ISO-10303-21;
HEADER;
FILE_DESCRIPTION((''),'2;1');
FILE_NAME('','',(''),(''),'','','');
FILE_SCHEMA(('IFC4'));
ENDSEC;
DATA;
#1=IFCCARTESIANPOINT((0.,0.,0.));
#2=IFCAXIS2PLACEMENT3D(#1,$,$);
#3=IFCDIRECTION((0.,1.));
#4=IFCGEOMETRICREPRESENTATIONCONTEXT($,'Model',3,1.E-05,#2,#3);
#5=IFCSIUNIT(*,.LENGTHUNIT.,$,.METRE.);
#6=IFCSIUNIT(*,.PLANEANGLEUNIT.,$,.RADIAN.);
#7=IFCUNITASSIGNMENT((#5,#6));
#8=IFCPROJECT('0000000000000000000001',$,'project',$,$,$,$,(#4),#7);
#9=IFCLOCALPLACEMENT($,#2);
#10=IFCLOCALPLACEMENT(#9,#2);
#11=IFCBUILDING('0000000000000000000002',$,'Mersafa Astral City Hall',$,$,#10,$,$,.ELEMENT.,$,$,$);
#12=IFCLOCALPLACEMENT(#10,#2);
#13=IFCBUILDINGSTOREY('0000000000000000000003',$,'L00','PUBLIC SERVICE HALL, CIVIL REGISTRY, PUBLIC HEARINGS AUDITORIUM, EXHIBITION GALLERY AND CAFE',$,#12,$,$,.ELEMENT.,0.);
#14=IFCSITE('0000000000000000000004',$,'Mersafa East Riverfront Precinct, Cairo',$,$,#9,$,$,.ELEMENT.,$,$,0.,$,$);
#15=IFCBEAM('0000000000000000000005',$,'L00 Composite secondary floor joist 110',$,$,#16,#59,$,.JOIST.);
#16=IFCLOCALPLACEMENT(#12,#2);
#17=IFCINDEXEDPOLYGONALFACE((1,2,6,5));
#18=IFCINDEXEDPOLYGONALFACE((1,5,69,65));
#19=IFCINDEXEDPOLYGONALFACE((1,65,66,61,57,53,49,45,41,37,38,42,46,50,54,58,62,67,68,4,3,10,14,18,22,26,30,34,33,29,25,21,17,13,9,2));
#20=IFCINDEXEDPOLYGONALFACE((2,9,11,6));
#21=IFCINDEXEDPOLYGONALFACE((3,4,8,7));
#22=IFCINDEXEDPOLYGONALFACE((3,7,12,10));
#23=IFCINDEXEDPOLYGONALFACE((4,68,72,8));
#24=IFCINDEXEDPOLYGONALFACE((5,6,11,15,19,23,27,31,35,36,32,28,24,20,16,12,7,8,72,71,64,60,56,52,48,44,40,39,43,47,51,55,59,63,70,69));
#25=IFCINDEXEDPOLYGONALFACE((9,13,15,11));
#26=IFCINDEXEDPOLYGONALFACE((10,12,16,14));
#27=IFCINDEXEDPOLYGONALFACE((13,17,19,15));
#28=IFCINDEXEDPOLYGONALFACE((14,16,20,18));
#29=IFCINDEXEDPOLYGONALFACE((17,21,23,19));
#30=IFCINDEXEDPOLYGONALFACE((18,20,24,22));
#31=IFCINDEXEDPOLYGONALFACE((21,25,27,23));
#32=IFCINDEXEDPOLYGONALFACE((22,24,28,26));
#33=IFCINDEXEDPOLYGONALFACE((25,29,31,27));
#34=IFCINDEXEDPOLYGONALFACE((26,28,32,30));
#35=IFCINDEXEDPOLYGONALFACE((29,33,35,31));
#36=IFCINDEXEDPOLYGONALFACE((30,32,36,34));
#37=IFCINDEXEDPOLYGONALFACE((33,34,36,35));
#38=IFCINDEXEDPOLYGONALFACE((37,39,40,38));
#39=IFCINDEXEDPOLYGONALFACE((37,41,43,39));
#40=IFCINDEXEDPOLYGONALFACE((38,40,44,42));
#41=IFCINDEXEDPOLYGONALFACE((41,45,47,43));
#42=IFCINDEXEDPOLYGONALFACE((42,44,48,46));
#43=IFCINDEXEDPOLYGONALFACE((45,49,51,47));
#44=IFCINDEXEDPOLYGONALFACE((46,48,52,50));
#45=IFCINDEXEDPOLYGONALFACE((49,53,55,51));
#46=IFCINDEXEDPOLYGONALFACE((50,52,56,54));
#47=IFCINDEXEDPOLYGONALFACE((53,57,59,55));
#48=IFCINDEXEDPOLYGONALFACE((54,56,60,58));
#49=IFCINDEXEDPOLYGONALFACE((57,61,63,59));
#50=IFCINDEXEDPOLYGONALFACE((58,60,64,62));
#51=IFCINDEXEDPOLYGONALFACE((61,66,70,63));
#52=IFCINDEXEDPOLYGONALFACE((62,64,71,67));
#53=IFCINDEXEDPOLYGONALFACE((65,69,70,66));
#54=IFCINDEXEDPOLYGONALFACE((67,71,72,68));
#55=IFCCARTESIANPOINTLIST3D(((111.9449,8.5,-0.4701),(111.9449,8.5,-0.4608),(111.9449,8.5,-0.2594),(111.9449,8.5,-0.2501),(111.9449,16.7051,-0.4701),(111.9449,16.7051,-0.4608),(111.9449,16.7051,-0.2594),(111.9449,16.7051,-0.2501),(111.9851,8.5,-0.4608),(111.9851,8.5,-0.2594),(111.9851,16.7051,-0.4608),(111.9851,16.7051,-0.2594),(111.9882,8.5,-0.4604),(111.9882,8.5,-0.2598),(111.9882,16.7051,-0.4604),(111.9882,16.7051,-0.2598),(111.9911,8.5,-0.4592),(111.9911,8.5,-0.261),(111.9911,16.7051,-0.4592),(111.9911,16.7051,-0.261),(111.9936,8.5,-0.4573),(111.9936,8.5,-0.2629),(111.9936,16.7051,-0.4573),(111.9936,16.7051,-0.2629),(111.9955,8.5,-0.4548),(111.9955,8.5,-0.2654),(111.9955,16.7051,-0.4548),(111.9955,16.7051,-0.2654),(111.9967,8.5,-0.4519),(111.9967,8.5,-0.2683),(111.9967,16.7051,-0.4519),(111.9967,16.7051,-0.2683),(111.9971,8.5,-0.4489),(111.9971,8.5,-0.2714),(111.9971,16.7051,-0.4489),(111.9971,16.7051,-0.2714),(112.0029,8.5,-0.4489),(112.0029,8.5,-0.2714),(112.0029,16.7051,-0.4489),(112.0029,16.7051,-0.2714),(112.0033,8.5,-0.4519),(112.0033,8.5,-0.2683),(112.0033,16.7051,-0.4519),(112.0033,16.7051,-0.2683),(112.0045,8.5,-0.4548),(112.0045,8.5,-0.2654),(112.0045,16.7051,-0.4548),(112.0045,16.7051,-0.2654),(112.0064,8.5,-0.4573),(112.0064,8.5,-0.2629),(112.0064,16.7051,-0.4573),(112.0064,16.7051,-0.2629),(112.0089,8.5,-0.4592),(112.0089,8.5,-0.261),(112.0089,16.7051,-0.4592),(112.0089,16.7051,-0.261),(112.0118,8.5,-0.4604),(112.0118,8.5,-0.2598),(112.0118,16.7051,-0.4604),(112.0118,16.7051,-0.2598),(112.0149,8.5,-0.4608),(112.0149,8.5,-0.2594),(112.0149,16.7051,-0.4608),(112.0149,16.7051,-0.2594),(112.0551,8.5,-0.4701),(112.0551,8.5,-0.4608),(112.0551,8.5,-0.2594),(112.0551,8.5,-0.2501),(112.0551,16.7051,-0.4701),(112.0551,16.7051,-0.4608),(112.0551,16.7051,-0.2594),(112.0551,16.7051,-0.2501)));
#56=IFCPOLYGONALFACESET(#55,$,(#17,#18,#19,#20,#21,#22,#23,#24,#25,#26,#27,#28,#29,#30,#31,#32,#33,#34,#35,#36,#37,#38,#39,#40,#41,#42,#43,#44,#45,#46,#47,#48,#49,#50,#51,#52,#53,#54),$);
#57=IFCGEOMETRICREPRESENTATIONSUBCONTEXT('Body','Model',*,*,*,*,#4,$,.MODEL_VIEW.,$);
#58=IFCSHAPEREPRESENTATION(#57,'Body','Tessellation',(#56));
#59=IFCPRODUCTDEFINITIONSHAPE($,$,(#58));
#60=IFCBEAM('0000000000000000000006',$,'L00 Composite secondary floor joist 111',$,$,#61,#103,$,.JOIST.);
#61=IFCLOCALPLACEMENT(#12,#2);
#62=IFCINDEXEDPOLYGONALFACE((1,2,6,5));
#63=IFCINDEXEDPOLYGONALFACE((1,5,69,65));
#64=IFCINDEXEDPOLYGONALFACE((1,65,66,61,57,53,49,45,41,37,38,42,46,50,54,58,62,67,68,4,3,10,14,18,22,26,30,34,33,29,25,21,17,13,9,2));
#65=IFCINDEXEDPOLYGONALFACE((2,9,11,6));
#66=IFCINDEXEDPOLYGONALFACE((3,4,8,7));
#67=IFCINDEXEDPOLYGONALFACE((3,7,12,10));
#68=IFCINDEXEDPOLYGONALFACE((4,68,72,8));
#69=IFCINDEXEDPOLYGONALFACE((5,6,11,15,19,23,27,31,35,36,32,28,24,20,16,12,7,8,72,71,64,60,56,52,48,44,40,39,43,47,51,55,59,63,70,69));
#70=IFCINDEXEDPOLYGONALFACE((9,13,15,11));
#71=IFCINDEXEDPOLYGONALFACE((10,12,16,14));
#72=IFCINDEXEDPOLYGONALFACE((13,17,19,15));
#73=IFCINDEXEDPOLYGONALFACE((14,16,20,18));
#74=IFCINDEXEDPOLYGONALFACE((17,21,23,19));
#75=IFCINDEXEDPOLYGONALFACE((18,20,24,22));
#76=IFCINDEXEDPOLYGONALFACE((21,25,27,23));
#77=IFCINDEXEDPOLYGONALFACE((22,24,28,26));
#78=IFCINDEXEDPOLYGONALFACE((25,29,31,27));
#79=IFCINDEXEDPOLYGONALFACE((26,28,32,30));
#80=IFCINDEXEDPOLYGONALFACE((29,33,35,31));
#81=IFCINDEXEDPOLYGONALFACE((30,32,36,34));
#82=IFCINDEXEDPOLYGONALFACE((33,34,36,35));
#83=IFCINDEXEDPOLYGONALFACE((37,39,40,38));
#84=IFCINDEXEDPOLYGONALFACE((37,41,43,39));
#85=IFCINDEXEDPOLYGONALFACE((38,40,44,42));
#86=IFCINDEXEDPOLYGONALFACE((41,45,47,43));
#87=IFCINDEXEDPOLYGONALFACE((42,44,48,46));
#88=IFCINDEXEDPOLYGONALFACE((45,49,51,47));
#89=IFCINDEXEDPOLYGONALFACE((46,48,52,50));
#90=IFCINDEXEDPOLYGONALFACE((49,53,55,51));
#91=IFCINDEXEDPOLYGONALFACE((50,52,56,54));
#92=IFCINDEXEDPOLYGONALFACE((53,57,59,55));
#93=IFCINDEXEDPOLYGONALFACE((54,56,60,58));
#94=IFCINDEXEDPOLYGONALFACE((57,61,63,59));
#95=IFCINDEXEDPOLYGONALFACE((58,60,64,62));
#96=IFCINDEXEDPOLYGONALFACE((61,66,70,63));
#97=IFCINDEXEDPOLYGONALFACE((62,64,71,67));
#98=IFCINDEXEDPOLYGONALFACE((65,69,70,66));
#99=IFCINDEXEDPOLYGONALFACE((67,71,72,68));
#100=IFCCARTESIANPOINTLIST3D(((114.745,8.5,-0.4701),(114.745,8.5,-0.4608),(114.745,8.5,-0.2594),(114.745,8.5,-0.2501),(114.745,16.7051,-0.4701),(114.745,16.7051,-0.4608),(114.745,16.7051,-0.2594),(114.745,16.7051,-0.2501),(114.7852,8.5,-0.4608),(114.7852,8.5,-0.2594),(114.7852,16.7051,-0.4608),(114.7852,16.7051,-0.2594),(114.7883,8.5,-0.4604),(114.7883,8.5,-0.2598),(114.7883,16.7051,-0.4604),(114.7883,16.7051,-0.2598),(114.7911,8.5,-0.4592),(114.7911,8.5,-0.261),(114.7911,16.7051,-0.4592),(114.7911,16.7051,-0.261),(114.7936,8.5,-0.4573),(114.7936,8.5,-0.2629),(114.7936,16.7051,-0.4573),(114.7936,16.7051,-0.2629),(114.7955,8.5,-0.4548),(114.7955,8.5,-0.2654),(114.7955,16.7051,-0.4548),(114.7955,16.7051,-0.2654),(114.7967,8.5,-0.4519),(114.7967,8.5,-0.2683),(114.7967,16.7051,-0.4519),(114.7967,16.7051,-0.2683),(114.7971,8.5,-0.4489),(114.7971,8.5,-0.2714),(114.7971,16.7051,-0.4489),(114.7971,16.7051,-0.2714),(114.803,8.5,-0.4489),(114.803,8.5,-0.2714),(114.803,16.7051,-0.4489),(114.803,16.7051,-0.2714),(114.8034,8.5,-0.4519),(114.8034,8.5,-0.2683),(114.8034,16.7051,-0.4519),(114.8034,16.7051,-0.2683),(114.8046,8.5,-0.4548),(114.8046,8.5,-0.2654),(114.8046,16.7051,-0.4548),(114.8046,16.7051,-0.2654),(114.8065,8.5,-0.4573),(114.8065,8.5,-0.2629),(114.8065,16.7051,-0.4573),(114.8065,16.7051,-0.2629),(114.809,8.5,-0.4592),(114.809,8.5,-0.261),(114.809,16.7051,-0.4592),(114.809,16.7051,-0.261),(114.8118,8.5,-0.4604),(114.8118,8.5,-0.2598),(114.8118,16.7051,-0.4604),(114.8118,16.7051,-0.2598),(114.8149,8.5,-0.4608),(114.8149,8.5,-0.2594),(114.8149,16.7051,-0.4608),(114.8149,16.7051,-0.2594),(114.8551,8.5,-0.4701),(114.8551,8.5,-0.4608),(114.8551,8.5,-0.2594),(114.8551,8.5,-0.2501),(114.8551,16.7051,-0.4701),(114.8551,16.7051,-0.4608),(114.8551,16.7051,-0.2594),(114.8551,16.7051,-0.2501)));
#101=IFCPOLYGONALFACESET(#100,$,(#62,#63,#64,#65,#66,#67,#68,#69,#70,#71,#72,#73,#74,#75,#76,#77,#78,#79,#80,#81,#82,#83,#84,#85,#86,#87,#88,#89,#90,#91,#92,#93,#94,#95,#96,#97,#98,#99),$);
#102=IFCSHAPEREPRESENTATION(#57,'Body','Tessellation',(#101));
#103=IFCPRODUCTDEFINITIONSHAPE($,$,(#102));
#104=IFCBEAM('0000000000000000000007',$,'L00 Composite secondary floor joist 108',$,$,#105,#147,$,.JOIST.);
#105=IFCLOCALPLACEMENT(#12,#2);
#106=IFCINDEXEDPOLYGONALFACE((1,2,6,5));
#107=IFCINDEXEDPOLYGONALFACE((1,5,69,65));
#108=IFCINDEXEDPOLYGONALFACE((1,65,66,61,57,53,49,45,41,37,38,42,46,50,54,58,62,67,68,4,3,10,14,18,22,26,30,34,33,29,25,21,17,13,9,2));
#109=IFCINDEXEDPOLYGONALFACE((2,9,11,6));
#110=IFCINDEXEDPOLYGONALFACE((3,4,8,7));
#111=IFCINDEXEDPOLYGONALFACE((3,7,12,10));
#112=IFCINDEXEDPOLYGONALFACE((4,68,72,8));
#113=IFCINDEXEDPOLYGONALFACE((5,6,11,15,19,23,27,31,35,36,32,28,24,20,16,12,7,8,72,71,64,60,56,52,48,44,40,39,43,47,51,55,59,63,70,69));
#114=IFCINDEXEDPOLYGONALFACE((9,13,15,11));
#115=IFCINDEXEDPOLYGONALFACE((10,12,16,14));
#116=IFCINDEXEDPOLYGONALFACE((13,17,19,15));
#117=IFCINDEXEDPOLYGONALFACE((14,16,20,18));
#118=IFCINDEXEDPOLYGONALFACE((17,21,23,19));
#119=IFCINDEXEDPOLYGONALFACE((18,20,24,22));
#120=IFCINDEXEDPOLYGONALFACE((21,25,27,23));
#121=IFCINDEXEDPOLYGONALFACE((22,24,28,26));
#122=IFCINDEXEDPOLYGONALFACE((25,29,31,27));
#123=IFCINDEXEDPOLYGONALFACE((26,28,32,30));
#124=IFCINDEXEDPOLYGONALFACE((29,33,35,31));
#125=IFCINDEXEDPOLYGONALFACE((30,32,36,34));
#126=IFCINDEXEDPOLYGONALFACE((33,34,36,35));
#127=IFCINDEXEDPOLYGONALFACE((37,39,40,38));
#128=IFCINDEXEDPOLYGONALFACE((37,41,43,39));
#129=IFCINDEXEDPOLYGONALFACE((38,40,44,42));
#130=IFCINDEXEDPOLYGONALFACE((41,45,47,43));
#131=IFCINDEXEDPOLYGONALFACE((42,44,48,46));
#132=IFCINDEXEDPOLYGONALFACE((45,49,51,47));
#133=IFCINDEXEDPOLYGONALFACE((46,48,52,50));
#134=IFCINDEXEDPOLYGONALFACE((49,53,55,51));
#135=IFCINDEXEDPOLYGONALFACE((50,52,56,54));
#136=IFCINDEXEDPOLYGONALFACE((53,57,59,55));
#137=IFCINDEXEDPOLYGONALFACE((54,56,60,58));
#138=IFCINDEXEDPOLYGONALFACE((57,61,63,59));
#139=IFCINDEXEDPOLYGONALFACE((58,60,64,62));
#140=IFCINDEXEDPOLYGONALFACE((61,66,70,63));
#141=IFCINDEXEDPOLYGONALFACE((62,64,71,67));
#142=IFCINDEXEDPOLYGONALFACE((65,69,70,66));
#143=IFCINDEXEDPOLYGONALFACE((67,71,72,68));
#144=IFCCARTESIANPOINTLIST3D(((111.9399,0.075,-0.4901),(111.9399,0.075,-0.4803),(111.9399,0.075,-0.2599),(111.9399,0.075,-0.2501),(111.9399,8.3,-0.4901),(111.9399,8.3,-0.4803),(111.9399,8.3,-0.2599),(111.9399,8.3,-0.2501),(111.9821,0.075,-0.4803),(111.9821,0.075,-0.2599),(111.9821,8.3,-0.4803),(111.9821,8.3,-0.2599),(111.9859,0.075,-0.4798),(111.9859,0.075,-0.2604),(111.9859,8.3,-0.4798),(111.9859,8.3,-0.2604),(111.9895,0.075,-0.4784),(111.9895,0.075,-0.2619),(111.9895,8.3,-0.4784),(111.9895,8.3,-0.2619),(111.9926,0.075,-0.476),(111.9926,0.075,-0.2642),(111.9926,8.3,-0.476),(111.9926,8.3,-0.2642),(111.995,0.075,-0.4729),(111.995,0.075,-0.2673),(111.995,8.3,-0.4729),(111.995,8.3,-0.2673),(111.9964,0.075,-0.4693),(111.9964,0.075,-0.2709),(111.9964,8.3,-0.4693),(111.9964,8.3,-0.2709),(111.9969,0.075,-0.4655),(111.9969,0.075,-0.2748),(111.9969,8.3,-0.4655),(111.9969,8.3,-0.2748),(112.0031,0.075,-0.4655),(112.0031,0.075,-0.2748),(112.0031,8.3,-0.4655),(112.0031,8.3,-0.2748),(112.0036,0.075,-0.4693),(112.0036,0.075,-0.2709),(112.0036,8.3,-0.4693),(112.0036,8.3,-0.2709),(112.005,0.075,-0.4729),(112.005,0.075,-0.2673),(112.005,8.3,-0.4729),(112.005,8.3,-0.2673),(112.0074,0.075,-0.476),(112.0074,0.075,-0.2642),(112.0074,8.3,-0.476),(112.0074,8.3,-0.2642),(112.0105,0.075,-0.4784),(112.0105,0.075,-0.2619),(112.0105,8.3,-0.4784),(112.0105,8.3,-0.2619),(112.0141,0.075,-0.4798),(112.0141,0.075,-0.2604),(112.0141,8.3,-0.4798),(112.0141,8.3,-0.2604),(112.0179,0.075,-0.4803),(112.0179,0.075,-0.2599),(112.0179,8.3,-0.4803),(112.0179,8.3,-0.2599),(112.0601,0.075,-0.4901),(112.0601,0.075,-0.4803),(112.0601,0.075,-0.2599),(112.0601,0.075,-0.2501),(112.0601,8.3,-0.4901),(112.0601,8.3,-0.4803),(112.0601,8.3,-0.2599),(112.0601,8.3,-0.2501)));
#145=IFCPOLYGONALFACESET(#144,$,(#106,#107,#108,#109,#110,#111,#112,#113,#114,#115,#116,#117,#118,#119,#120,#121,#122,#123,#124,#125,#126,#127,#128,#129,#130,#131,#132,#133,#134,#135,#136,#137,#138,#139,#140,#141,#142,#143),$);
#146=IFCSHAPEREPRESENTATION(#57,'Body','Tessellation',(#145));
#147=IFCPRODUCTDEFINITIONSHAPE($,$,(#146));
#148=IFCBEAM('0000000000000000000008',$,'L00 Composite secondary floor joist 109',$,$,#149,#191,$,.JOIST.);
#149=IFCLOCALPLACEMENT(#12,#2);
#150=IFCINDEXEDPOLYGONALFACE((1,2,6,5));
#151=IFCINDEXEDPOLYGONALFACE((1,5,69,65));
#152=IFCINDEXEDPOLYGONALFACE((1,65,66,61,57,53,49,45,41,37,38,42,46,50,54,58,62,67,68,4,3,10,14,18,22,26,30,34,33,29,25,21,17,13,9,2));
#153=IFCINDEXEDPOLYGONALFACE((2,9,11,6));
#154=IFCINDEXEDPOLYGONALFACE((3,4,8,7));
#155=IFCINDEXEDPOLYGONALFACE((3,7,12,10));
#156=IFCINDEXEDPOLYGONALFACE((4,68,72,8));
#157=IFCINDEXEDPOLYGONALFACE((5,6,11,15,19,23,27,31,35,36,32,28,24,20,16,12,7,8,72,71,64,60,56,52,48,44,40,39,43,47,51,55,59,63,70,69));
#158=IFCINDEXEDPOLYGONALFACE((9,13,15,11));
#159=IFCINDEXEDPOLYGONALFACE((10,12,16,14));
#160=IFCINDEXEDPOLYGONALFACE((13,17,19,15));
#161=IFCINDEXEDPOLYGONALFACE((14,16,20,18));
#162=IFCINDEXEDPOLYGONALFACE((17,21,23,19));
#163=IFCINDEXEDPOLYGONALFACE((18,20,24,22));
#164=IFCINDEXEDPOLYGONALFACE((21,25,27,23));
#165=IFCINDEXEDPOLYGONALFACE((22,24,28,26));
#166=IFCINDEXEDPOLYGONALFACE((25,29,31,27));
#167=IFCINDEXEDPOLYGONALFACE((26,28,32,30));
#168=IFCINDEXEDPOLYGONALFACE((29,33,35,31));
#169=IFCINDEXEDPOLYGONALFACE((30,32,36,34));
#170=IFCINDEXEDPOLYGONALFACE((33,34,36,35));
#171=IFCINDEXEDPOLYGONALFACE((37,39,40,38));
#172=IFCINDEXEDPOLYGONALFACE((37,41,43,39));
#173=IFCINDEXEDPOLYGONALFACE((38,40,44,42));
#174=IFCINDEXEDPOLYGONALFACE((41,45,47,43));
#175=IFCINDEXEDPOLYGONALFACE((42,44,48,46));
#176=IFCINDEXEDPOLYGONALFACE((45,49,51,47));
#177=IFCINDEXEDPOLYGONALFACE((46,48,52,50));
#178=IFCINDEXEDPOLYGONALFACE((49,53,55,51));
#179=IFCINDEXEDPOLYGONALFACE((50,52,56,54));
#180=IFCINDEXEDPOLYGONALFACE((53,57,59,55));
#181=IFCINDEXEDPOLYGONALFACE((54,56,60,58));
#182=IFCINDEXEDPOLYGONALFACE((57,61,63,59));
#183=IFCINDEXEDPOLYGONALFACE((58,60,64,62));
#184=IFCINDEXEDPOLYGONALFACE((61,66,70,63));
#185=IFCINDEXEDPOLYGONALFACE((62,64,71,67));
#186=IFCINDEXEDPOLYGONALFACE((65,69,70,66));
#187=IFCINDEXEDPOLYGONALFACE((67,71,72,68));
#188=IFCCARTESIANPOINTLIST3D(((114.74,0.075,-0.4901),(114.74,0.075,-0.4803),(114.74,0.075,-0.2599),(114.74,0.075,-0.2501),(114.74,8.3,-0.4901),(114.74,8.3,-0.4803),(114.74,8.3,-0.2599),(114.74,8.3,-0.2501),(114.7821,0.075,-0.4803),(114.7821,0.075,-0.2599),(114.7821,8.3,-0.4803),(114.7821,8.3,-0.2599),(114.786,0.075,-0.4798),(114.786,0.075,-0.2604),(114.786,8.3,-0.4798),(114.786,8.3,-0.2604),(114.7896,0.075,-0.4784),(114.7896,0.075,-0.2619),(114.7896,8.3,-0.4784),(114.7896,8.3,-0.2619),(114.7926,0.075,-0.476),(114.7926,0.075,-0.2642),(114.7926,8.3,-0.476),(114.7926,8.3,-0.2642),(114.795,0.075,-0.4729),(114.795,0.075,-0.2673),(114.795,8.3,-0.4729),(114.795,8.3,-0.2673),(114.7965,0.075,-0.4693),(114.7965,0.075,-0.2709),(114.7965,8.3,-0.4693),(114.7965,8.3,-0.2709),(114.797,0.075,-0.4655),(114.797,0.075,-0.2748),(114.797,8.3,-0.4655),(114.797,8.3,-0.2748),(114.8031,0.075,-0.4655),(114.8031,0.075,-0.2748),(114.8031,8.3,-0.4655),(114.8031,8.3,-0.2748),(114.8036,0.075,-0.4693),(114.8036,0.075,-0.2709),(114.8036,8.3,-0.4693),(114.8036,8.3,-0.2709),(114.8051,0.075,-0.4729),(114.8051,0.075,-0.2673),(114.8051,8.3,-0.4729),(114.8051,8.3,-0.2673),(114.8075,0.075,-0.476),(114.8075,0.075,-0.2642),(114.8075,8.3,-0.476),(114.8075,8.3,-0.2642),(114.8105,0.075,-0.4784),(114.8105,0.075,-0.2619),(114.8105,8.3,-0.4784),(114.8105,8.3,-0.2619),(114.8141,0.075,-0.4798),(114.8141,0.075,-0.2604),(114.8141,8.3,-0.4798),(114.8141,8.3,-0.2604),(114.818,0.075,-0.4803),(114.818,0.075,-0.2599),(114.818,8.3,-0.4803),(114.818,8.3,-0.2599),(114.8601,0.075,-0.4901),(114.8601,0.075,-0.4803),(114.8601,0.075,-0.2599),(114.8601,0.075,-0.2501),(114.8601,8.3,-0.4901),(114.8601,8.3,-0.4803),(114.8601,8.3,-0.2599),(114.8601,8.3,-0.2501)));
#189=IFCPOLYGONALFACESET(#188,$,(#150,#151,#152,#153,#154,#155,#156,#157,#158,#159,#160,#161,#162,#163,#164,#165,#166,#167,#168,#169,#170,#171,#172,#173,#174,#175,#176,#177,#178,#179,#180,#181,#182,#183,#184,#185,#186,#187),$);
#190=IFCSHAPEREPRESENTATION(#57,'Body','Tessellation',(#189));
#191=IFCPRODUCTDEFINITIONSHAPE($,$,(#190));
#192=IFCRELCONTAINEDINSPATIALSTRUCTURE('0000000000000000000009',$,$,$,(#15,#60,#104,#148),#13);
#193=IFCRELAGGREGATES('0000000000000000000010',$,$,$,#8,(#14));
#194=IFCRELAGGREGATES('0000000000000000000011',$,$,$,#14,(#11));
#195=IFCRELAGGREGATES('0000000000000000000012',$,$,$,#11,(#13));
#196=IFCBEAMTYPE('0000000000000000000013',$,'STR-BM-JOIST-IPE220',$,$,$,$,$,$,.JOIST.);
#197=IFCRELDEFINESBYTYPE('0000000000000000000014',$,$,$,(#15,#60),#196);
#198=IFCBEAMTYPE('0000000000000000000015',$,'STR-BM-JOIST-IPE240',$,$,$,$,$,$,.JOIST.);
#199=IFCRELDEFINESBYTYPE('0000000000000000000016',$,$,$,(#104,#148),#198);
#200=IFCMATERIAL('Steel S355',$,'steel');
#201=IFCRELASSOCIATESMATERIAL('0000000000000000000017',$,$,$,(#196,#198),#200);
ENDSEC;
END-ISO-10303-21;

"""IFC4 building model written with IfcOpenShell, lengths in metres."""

from ifc_helpers import new_model, si_unit, direction, frame, origin, origin_2d, place, context, subcontext, project, spatial, i_section, extrude, material, material_profile, profile_set, type_object, element, save


model = new_model("IFC4")

# Units and contexts
model_context = context("Model", 3, precision=1e-05, world=origin(), true_north=direction((0.0, 1.0)))
body_context = subcontext(model_context, "Body", "Model", "MODEL_VIEW")
ifc_project = project(units=[si_unit("LENGTHUNIT", "METRE"), si_unit("PLANEANGLEUNIT", "RADIAN")], contexts=[model_context])

# Site, building, storey
site_placement = place(None, origin())
site = spatial("IfcSite", under=ifc_project, at=site_placement, Name="Mersafa East Riverfront Precinct, Cairo", CompositionType="ELEMENT", RefElevation=0.0)
building_placement = place(site_placement, origin())
building = spatial("IfcBuilding", under=site, at=building_placement, Name="Mersafa Astral City Hall", CompositionType="ELEMENT")
storey_placement = place(building_placement, origin())
storey = spatial("IfcBuildingStorey", under=building, at=storey_placement, Name="L00", Description="PUBLIC SERVICE HALL, CIVIL REGISTRY, PUBLIC HEARINGS AUDITORIUM, EXHIBITION GALLERY AND CAFE", CompositionType="ELEMENT", Elevation=0.0)

# Shared definitions
ifc_material_1 = material(Name="Steel S355", Category="steel")

# Beams
ifc_material_profile_1 = material_profile(ifc_material_1, i_section(OverallWidth=0.1101, OverallDepth=0.22, WebThickness=0.0059, FlangeThickness=0.0093, FilletRadius=0.012, at=origin_2d()), Name="IPE 220")
ifc_profile_set_1 = profile_set([ifc_material_profile_1], Name="Steel S355")
beam_type_1 = type_object("IfcBeamType", Name="STR-BM-JOIST-IPE220", PredefinedType="JOIST", material=ifc_profile_set_1)
for number, where, z_axis, x_axis, name in (
    (1, (112.0, 8.5, -0.3601), (0.0, 1.0, 0.0), (-1.0, 0.0, 0.0), "L00 Composite secondary floor joist 110"),
    (2, (114.8, 8.5, -0.3601), (0.0, 1.0, 0.0), (-1.0, 0.0, 0.0), "L00 Composite secondary floor joist 111"),
):
    element("IfcBeam", number, at=place(storey_placement, frame(where, z_axis=z_axis, x_axis=x_axis)), inside=storey, type_object=beam_type_1, Name=name, PredefinedType="JOIST", context=body_context, shape_type="SweptSolid", body=[
        extrude(i_section(OverallWidth=0.1101, OverallDepth=0.22, WebThickness=0.0059, FlangeThickness=0.0093, FilletRadius=0.012, at=origin_2d()), origin(), (0.0, 0.0, 1.0), 8.2051),
    ])
ifc_material_profile_2 = material_profile(ifc_material_1, i_section(OverallWidth=0.1201, OverallDepth=0.24, WebThickness=0.0061, FlangeThickness=0.0098, FilletRadius=0.0149, at=origin_2d()), Name="IPE 240")
ifc_profile_set_2 = profile_set([ifc_material_profile_2], Name="Steel S355")
beam_type_2 = type_object("IfcBeamType", Name="STR-BM-JOIST-IPE240", PredefinedType="JOIST", material=ifc_profile_set_2)
for number, where, z_axis, x_axis, name in (
    (3, (112.0, 0.075, -0.3701), (0.0, 1.0, 0.0), (-1.0, 0.0, 0.0), "L00 Composite secondary floor joist 108"),
    (4, (114.8, 0.075, -0.3701), (0.0, 1.0, 0.0), (-1.0, 0.0, 0.0), "L00 Composite secondary floor joist 109"),
):
    element("IfcBeam", number, at=place(storey_placement, frame(where, z_axis=z_axis, x_axis=x_axis)), inside=storey, type_object=beam_type_2, Name=name, PredefinedType="JOIST", context=body_context, shape_type="SweptSolid", body=[
        extrude(i_section(OverallWidth=0.1201, OverallDepth=0.24, WebThickness=0.0061, FlangeThickness=0.0098, FilletRadius=0.0149, at=origin_2d()), origin(), (0.0, 0.0, 1.0), 8.2251),
    ])

save(model, "model.ifc")
